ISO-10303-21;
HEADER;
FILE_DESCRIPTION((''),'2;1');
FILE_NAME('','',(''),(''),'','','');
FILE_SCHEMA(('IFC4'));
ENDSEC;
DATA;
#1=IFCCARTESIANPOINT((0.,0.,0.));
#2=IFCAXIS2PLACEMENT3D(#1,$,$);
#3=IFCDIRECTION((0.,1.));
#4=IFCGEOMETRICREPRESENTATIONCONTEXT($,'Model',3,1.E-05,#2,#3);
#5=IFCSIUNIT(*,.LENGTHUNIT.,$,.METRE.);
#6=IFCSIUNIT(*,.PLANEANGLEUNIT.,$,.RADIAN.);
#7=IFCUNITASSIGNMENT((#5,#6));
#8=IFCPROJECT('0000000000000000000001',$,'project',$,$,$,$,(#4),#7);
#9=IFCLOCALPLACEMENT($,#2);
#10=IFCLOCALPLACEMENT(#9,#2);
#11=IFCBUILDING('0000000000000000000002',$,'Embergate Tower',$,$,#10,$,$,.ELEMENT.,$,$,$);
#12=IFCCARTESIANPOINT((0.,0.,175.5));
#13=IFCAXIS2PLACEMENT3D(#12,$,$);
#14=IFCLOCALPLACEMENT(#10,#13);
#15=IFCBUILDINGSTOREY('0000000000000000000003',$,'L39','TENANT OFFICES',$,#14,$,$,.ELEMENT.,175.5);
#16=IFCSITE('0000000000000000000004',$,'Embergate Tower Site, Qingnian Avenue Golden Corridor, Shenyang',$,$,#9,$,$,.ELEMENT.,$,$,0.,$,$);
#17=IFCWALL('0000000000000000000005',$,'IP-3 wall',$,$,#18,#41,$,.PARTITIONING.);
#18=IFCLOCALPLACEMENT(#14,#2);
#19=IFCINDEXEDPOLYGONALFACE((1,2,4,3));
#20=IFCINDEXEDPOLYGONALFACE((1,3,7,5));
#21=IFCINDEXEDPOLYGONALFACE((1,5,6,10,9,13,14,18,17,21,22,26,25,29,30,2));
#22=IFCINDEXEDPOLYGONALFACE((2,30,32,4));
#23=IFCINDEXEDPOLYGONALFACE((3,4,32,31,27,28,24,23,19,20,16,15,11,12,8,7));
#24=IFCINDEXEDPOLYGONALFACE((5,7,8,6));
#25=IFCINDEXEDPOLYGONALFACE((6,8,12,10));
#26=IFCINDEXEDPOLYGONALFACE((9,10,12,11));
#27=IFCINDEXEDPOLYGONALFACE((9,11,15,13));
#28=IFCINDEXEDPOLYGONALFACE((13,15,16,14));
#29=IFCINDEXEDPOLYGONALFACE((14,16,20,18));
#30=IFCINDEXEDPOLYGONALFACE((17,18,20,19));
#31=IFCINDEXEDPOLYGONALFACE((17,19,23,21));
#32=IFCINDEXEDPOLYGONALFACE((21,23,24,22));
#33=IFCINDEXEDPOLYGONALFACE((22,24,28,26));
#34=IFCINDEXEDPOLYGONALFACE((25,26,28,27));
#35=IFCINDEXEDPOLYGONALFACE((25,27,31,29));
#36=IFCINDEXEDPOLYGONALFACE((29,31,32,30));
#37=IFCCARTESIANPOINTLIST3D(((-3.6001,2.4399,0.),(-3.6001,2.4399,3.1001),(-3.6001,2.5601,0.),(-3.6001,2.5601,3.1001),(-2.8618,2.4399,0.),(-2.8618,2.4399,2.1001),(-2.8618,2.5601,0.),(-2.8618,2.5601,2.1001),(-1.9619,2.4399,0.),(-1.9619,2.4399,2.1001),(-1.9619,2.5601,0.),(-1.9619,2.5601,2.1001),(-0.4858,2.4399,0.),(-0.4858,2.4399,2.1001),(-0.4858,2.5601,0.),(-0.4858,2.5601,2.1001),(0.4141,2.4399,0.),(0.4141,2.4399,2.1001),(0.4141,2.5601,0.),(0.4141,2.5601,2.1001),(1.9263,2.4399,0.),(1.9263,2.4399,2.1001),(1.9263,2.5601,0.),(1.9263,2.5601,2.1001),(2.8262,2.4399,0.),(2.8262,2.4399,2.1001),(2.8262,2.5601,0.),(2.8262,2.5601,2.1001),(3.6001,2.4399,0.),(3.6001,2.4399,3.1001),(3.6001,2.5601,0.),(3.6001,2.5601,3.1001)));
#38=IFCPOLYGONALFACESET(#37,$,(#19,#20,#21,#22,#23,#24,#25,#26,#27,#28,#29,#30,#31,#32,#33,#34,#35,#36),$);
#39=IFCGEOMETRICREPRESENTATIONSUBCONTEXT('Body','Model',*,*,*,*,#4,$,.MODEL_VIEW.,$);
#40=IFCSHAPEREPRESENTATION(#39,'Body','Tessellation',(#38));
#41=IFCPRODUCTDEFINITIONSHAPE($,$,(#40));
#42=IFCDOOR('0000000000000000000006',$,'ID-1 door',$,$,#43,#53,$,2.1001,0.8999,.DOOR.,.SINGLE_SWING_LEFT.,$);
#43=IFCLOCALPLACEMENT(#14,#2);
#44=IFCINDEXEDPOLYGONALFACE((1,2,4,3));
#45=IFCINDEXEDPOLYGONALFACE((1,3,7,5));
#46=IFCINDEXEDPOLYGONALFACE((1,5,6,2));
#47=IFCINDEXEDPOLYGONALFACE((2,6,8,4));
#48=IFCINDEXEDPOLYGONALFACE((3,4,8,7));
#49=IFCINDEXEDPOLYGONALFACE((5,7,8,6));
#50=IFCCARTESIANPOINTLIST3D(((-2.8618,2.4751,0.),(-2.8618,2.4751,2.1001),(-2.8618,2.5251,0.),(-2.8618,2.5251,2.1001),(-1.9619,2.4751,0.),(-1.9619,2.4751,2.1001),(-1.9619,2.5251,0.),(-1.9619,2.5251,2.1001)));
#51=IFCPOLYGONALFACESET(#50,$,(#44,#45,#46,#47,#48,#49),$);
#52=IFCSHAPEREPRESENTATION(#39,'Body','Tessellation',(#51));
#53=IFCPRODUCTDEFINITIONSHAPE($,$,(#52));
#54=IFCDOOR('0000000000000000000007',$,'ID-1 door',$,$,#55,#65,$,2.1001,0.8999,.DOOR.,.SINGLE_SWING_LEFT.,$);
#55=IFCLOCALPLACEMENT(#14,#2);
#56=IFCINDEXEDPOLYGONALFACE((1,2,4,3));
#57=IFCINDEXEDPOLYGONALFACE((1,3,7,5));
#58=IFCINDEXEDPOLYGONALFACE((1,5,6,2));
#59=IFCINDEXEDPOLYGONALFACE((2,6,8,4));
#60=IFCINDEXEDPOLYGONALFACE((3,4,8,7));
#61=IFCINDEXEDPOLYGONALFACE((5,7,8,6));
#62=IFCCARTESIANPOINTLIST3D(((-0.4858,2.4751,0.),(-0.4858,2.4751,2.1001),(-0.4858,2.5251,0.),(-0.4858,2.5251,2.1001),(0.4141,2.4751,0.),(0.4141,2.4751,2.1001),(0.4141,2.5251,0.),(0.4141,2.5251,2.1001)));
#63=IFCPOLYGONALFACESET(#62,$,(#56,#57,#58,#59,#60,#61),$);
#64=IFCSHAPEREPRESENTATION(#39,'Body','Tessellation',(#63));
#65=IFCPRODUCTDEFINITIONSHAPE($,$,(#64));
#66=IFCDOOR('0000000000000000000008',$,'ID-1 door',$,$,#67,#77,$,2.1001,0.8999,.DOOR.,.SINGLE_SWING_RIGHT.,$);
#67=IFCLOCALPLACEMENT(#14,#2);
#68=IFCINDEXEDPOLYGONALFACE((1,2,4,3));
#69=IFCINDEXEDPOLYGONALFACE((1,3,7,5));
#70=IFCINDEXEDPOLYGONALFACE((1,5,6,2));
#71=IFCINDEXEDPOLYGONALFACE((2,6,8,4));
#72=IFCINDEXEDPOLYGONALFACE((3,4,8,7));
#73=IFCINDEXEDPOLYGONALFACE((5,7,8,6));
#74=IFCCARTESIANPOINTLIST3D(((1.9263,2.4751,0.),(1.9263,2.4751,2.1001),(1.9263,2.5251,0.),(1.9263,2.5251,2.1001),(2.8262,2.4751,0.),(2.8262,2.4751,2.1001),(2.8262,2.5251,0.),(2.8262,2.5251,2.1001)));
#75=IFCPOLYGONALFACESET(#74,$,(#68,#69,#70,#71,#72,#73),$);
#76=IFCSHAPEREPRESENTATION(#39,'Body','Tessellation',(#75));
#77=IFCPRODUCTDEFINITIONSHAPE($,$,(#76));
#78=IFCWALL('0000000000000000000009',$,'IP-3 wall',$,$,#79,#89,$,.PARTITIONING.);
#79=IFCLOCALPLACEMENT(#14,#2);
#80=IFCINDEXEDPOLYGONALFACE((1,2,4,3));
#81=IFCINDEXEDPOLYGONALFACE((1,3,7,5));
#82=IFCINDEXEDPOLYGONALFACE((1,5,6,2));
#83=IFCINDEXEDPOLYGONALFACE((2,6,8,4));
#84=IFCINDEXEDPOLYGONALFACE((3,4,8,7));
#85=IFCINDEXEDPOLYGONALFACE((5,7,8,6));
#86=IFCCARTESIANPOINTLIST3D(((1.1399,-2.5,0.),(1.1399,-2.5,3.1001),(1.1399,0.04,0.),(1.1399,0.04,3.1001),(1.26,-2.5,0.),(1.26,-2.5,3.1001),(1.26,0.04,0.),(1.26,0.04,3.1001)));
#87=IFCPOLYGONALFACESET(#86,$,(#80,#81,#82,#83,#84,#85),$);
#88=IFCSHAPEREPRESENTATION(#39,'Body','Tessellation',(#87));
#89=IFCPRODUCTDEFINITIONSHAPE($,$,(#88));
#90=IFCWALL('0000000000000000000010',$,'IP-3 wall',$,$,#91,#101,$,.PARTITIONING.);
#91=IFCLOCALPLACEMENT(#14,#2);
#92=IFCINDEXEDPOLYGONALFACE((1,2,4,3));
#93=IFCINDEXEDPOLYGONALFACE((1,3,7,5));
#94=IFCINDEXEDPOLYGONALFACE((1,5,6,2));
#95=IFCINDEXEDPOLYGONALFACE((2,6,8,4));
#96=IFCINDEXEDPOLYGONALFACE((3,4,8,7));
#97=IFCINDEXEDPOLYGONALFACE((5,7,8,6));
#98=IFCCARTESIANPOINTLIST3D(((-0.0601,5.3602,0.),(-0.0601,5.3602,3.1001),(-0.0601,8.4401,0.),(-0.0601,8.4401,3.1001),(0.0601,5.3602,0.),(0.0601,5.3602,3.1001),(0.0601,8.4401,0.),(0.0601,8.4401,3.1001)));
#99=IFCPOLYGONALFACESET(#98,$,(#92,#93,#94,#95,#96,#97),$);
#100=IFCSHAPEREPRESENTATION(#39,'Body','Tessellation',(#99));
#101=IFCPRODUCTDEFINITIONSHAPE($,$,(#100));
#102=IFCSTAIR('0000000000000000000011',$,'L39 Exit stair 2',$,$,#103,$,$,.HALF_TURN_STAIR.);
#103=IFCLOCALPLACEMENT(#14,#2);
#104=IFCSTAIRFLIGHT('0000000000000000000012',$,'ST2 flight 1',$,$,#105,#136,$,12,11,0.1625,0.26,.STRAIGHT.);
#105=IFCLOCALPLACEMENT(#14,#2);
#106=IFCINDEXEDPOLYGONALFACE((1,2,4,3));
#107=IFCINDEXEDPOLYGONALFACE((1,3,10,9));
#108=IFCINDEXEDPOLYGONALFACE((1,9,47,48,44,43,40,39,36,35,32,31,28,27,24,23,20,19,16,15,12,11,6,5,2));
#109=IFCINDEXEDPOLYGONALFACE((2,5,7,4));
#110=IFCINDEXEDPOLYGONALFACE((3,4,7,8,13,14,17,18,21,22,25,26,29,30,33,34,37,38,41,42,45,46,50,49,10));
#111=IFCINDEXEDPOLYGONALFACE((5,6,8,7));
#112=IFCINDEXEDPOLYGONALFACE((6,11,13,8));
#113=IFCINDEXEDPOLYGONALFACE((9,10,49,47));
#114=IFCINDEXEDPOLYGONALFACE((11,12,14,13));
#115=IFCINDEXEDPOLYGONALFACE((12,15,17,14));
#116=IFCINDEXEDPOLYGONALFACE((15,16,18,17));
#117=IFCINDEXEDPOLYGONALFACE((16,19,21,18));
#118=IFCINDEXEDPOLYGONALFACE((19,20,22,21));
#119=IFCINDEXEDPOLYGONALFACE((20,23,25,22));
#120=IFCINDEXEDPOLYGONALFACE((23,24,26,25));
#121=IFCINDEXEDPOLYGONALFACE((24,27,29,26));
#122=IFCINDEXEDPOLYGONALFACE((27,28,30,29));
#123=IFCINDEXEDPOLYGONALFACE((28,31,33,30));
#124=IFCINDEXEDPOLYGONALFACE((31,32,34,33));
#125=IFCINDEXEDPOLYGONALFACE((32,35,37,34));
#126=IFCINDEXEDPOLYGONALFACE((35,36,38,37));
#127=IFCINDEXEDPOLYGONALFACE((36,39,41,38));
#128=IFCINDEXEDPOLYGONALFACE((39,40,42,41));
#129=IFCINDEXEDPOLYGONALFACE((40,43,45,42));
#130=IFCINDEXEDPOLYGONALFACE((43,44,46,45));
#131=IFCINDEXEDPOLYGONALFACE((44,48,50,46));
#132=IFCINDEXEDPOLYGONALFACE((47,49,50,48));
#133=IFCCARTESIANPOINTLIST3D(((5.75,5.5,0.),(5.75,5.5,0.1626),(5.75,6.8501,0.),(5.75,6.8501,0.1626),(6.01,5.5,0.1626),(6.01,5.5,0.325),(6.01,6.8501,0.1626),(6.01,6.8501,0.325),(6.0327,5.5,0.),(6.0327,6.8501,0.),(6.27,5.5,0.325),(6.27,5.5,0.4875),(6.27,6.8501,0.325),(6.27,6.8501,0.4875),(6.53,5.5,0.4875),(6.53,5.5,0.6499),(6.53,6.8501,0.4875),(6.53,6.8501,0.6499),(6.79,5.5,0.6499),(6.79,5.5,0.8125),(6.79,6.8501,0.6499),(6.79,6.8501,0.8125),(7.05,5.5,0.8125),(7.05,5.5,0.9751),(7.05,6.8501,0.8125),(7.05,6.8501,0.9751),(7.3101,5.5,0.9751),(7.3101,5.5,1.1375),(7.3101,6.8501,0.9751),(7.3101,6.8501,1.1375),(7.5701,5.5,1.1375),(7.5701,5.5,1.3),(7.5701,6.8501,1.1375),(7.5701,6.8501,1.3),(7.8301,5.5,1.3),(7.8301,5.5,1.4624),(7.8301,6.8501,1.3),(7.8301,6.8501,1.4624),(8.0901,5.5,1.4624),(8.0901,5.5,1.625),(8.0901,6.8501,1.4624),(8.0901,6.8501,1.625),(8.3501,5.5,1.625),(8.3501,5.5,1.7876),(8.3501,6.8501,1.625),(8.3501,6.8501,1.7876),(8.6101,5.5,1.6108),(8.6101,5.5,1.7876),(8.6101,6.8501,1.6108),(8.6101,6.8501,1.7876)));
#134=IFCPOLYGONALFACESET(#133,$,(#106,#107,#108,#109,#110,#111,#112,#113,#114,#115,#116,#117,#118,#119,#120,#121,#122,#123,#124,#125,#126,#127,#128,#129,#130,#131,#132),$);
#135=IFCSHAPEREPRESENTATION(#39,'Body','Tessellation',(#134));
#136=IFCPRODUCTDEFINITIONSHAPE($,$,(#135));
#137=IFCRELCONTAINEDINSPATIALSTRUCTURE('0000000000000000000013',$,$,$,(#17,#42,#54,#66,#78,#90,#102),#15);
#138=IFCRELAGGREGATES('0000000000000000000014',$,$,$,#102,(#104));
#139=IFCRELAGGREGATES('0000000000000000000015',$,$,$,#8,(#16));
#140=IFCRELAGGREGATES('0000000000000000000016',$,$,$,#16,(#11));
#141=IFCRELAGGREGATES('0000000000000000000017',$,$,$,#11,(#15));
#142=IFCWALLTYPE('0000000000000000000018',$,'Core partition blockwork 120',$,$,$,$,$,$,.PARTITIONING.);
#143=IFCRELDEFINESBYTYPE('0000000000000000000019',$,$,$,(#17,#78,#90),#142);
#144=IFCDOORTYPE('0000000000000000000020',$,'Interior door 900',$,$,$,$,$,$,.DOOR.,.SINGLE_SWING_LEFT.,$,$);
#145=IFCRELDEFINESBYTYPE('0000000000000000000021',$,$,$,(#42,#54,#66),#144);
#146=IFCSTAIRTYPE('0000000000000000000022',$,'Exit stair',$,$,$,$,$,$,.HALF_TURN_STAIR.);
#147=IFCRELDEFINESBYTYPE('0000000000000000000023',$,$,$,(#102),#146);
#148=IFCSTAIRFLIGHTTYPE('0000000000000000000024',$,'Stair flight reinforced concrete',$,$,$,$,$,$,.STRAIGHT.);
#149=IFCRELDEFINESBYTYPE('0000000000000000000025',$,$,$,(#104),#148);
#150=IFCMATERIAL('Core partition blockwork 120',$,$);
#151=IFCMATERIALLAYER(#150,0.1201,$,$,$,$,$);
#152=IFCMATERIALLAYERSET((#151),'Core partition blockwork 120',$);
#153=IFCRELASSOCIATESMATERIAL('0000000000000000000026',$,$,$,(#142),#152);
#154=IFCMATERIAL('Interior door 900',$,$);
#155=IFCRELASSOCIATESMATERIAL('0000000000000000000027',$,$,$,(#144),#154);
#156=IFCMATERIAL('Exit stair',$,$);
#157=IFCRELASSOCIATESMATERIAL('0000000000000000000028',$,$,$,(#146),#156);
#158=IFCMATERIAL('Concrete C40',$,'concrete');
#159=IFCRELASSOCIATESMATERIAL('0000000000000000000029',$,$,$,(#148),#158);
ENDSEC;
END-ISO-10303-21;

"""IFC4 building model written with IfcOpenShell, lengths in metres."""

from ifc_helpers import new_model, si_unit, direction, frame, frame_2d, origin, place, context, subcontext, project, spatial, polyline, rectangle, outline, extrude, source, transform, mapped, material, layer, layer_set, type_object, element, fill, aggregate, save


model = new_model("IFC4")

# Units and contexts
model_context = context("Model", 3, precision=1e-05, world=origin(), true_north=direction((0.0, 1.0)))
body_context = subcontext(model_context, "Body", "Model", "MODEL_VIEW")
ifc_project = project(units=[si_unit("LENGTHUNIT", "METRE"), si_unit("PLANEANGLEUNIT", "RADIAN")], contexts=[model_context])

# Site, building, storey
site_placement = place(None, origin())
site = spatial("IfcSite", under=ifc_project, at=site_placement, Name="Embergate Tower Site, Qingnian Avenue Golden Corridor, Shenyang", CompositionType="ELEMENT", RefElevation=0.0)
building_placement = place(site_placement, origin())
building = spatial("IfcBuilding", under=site, at=building_placement, Name="Embergate Tower", CompositionType="ELEMENT")
storey_placement = place(building_placement, frame((0.0, 0.0, 175.5)))
storey = spatial("IfcBuildingStorey", under=building, at=storey_placement, Name="L39", Description="TENANT OFFICES", CompositionType="ELEMENT", Elevation=175.5)

# Shared definitions
ifc_material_1 = material(Name="Core partition blockwork 120")
ifc_layer_1 = layer(ifc_material_1, 0.1201)
ifc_layer_set_1 = layer_set([ifc_layer_1], Name="Core partition blockwork 120")
wall_type_1 = type_object("IfcWallType", Name="Core partition blockwork 120", PredefinedType="PARTITIONING", material=ifc_layer_set_1)

# Shared definitions
shared_shape_1 = source(origin(), body_context, "Body", "SweptSolid", [
    extrude(rectangle(XDim=0.8999, YDim=2.1001, at=frame_2d((0.45, 1.05))), frame((0.0, 0.0701, 0.0), z_axis=(0.0, -1.0, 0.0), x_axis=(1.0, 0.0, 0.0)), (0.0, 0.0, 1.0), 0.1401),
])
ifc_material_2 = material(Name="Interior door 900")
door_type_1 = type_object("IfcDoorType", Name="Interior door 900", OperationType="SINGLE_SWING_LEFT", PredefinedType="DOOR", material=ifc_material_2)
shared_shape_2 = source(origin(), body_context, "Body", "SweptSolid", [
    extrude(rectangle(XDim=0.8999, YDim=2.1001, at=frame_2d((0.45, 1.05))), frame((0.0, 0.0249, 0.0), z_axis=(0.0, -1.0, 0.0), x_axis=(1.0, 0.0, 0.0)), (0.0, 0.0, 1.0), 0.05),
])

# Wall, openings, doors
shared_shape_3 = source(origin(), body_context, "Body", "SweptSolid", [
    extrude(rectangle(XDim=7.2002, YDim=0.1201, at=frame_2d((3.6001, 0.0))), origin(), (0.0, 0.0, 1.0), 3.1001),
])
wall_1_placement = place(storey_placement, frame((3.6001, 2.5, 0.0), z_axis=(0.0, 0.0, 1.0), x_axis=(-1.0, 0.0, 0.0)))
wall_1 = element("IfcWall", 1, at=wall_1_placement, inside=storey, type_object=wall_type_1, Name="IP-3 wall", PredefinedType="PARTITIONING", context=body_context, shape_type="MappedRepresentation", body=[
    mapped(shared_shape_3, transform((0.0, 0.0, 0.0))),
])
opening_1_placement = place(wall_1_placement, frame((5.562, 0.0, 0.0)))
opening_1 = element("IfcOpeningElement", 2, at=opening_1_placement, cuts=wall_1, PredefinedType="OPENING", context=body_context, shape_type="MappedRepresentation", body=[
    mapped(shared_shape_1, transform((0.0, 0.0, 0.0))),
])
opening_2_placement = place(wall_1_placement, frame((3.186, 0.0, 0.0)))
opening_2 = element("IfcOpeningElement", 3, at=opening_2_placement, cuts=wall_1, PredefinedType="OPENING", context=body_context, shape_type="MappedRepresentation", body=[
    mapped(shared_shape_1, transform((0.0, 0.0, 0.0))),
])
opening_3_placement = place(wall_1_placement, frame((0.7739, 0.0, 0.0)))
opening_3 = element("IfcOpeningElement", 4, at=opening_3_placement, cuts=wall_1, PredefinedType="OPENING", context=body_context, shape_type="MappedRepresentation", body=[
    mapped(shared_shape_1, transform((0.0, 0.0, 0.0))),
])
door_1_placement = place(opening_1_placement, origin())
door_1 = element("IfcDoor", 5, at=door_1_placement, inside=storey, type_object=door_type_1, Name="ID-1 door", OperationType="SINGLE_SWING_LEFT", OverallHeight=2.1001, OverallWidth=0.8999, PredefinedType="DOOR", context=body_context, shape_type="MappedRepresentation", body=[
    mapped(shared_shape_2, transform((0.0, 0.0, 0.0))),
])
fill(opening_1, door_1)
door_2_placement = place(opening_2_placement, origin())
door_2 = element("IfcDoor", 6, at=door_2_placement, inside=storey, type_object=door_type_1, Name="ID-1 door", OperationType="SINGLE_SWING_LEFT", OverallHeight=2.1001, OverallWidth=0.8999, PredefinedType="DOOR", context=body_context, shape_type="MappedRepresentation", body=[
    mapped(shared_shape_2, transform((0.0, 0.0, 0.0))),
])
fill(opening_2, door_2)
door_3_placement = place(opening_3_placement, origin())
door_3 = element("IfcDoor", 7, at=door_3_placement, inside=storey, type_object=door_type_1, Name="ID-1 door", OperationType="SINGLE_SWING_RIGHT", OverallHeight=2.1001, OverallWidth=0.8999, PredefinedType="DOOR", context=body_context, shape_type="MappedRepresentation", body=[
    mapped(shared_shape_2, transform((0.0, 0.0, 0.0))),
])
fill(opening_3, door_3)

# Walls
shared_shape_4 = source(origin(), body_context, "Body", "SweptSolid", [
    extrude(rectangle(XDim=2.54, YDim=0.1201, at=frame_2d((1.27, 0.0))), origin(), (0.0, 0.0, 1.0), 3.1001),
])
wall_2_placement = place(storey_placement, frame((1.2, 0.04, 0.0), z_axis=(0.0, 0.0, 1.0), x_axis=(0.0, -1.0, 0.0)))
element("IfcWall", 8, at=wall_2_placement, inside=storey, type_object=wall_type_1, Name="IP-3 wall", PredefinedType="PARTITIONING", context=body_context, shape_type="MappedRepresentation", body=[
    mapped(shared_shape_4, transform((0.0, 0.0, 0.0))),
])
shared_shape_5 = source(origin(), body_context, "Body", "SweptSolid", [
    extrude(rectangle(XDim=3.0798, YDim=0.1201, at=frame_2d((1.54, 0.0))), origin(), (0.0, 0.0, 1.0), 3.1001),
])
wall_3_placement = place(storey_placement, frame((0.0, 5.3601, 0.0), z_axis=(0.0, 0.0, 1.0), x_axis=(0.0, 1.0, 0.0)))
element("IfcWall", 9, at=wall_3_placement, inside=storey, type_object=wall_type_1, Name="IP-3 wall", PredefinedType="PARTITIONING", context=body_context, shape_type="MappedRepresentation", body=[
    mapped(shared_shape_5, transform((0.0, 0.0, 0.0))),
])

# Stair, stair flight
ifc_material_3 = material(Name="Exit stair")
stair_type = type_object("IfcStairType", Name="Exit stair", PredefinedType="HALF_TURN_STAIR", material=ifc_material_3)
stair_placement = place(storey_placement, origin())
stair = element("IfcStair", 10, at=stair_placement, inside=storey, type_object=stair_type, Name="L39 Exit stair 2", PredefinedType="HALF_TURN_STAIR")
ifc_material_4 = material(Name="Concrete C40", Category="concrete")
stair_flight_type = type_object("IfcStairFlightType", Name="Stair flight reinforced concrete", PredefinedType="STRAIGHT", material=ifc_material_4)
shared_shape_6 = source(origin(), body_context, "Body", "SweptSolid", [
    extrude(outline(polyline([(0.0, 0.0), (0.0, 0.1626), (0.26, 0.1626), (0.26, 0.325), (0.52, 0.325), (0.52, 0.4875), (0.78, 0.4875), (0.78, 0.6499), (1.04, 0.6499), (1.04, 0.8125), (1.3, 0.8125), (1.3, 0.9751), (1.5601, 0.9751), (1.5601, 1.1375), (1.8201, 1.1375), (1.8201, 1.3), (2.0801, 1.3), (2.0801, 1.4624), (2.3401, 1.4624), (2.3401, 1.625), (2.6001, 1.625), (2.6001, 1.7876), (2.8601, 1.7876), (2.8601, 1.95), (2.8601, 1.6108), (0.2827, 0.0), (0.0, 0.0)])), frame((0.0, 0.675, 0.0), z_axis=(0.0, -1.0, 0.0), x_axis=(1.0, 0.0, 0.0)), (0.0, 0.0, 1.0), 1.3501),
])
stair_flight_placement = place(storey_placement, frame((5.75, 6.175, 0.0), z_axis=(0.0, 0.0, 1.0), x_axis=(1.0, 0.0, 0.0)))
stair_flight = element("IfcStairFlight", 11, at=stair_flight_placement, type_object=stair_flight_type, Name="ST2 flight 1", NumberOfRisers=12, NumberOfTreads=11, PredefinedType="STRAIGHT", RiserHeight=0.1625, TreadLength=0.26, context=body_context, shape_type="MappedRepresentation", body=[
    mapped(shared_shape_6, transform((0.0, 0.0, 0.0))),
])
aggregate(stair, [stair_flight])

save(model, "model.ifc")
